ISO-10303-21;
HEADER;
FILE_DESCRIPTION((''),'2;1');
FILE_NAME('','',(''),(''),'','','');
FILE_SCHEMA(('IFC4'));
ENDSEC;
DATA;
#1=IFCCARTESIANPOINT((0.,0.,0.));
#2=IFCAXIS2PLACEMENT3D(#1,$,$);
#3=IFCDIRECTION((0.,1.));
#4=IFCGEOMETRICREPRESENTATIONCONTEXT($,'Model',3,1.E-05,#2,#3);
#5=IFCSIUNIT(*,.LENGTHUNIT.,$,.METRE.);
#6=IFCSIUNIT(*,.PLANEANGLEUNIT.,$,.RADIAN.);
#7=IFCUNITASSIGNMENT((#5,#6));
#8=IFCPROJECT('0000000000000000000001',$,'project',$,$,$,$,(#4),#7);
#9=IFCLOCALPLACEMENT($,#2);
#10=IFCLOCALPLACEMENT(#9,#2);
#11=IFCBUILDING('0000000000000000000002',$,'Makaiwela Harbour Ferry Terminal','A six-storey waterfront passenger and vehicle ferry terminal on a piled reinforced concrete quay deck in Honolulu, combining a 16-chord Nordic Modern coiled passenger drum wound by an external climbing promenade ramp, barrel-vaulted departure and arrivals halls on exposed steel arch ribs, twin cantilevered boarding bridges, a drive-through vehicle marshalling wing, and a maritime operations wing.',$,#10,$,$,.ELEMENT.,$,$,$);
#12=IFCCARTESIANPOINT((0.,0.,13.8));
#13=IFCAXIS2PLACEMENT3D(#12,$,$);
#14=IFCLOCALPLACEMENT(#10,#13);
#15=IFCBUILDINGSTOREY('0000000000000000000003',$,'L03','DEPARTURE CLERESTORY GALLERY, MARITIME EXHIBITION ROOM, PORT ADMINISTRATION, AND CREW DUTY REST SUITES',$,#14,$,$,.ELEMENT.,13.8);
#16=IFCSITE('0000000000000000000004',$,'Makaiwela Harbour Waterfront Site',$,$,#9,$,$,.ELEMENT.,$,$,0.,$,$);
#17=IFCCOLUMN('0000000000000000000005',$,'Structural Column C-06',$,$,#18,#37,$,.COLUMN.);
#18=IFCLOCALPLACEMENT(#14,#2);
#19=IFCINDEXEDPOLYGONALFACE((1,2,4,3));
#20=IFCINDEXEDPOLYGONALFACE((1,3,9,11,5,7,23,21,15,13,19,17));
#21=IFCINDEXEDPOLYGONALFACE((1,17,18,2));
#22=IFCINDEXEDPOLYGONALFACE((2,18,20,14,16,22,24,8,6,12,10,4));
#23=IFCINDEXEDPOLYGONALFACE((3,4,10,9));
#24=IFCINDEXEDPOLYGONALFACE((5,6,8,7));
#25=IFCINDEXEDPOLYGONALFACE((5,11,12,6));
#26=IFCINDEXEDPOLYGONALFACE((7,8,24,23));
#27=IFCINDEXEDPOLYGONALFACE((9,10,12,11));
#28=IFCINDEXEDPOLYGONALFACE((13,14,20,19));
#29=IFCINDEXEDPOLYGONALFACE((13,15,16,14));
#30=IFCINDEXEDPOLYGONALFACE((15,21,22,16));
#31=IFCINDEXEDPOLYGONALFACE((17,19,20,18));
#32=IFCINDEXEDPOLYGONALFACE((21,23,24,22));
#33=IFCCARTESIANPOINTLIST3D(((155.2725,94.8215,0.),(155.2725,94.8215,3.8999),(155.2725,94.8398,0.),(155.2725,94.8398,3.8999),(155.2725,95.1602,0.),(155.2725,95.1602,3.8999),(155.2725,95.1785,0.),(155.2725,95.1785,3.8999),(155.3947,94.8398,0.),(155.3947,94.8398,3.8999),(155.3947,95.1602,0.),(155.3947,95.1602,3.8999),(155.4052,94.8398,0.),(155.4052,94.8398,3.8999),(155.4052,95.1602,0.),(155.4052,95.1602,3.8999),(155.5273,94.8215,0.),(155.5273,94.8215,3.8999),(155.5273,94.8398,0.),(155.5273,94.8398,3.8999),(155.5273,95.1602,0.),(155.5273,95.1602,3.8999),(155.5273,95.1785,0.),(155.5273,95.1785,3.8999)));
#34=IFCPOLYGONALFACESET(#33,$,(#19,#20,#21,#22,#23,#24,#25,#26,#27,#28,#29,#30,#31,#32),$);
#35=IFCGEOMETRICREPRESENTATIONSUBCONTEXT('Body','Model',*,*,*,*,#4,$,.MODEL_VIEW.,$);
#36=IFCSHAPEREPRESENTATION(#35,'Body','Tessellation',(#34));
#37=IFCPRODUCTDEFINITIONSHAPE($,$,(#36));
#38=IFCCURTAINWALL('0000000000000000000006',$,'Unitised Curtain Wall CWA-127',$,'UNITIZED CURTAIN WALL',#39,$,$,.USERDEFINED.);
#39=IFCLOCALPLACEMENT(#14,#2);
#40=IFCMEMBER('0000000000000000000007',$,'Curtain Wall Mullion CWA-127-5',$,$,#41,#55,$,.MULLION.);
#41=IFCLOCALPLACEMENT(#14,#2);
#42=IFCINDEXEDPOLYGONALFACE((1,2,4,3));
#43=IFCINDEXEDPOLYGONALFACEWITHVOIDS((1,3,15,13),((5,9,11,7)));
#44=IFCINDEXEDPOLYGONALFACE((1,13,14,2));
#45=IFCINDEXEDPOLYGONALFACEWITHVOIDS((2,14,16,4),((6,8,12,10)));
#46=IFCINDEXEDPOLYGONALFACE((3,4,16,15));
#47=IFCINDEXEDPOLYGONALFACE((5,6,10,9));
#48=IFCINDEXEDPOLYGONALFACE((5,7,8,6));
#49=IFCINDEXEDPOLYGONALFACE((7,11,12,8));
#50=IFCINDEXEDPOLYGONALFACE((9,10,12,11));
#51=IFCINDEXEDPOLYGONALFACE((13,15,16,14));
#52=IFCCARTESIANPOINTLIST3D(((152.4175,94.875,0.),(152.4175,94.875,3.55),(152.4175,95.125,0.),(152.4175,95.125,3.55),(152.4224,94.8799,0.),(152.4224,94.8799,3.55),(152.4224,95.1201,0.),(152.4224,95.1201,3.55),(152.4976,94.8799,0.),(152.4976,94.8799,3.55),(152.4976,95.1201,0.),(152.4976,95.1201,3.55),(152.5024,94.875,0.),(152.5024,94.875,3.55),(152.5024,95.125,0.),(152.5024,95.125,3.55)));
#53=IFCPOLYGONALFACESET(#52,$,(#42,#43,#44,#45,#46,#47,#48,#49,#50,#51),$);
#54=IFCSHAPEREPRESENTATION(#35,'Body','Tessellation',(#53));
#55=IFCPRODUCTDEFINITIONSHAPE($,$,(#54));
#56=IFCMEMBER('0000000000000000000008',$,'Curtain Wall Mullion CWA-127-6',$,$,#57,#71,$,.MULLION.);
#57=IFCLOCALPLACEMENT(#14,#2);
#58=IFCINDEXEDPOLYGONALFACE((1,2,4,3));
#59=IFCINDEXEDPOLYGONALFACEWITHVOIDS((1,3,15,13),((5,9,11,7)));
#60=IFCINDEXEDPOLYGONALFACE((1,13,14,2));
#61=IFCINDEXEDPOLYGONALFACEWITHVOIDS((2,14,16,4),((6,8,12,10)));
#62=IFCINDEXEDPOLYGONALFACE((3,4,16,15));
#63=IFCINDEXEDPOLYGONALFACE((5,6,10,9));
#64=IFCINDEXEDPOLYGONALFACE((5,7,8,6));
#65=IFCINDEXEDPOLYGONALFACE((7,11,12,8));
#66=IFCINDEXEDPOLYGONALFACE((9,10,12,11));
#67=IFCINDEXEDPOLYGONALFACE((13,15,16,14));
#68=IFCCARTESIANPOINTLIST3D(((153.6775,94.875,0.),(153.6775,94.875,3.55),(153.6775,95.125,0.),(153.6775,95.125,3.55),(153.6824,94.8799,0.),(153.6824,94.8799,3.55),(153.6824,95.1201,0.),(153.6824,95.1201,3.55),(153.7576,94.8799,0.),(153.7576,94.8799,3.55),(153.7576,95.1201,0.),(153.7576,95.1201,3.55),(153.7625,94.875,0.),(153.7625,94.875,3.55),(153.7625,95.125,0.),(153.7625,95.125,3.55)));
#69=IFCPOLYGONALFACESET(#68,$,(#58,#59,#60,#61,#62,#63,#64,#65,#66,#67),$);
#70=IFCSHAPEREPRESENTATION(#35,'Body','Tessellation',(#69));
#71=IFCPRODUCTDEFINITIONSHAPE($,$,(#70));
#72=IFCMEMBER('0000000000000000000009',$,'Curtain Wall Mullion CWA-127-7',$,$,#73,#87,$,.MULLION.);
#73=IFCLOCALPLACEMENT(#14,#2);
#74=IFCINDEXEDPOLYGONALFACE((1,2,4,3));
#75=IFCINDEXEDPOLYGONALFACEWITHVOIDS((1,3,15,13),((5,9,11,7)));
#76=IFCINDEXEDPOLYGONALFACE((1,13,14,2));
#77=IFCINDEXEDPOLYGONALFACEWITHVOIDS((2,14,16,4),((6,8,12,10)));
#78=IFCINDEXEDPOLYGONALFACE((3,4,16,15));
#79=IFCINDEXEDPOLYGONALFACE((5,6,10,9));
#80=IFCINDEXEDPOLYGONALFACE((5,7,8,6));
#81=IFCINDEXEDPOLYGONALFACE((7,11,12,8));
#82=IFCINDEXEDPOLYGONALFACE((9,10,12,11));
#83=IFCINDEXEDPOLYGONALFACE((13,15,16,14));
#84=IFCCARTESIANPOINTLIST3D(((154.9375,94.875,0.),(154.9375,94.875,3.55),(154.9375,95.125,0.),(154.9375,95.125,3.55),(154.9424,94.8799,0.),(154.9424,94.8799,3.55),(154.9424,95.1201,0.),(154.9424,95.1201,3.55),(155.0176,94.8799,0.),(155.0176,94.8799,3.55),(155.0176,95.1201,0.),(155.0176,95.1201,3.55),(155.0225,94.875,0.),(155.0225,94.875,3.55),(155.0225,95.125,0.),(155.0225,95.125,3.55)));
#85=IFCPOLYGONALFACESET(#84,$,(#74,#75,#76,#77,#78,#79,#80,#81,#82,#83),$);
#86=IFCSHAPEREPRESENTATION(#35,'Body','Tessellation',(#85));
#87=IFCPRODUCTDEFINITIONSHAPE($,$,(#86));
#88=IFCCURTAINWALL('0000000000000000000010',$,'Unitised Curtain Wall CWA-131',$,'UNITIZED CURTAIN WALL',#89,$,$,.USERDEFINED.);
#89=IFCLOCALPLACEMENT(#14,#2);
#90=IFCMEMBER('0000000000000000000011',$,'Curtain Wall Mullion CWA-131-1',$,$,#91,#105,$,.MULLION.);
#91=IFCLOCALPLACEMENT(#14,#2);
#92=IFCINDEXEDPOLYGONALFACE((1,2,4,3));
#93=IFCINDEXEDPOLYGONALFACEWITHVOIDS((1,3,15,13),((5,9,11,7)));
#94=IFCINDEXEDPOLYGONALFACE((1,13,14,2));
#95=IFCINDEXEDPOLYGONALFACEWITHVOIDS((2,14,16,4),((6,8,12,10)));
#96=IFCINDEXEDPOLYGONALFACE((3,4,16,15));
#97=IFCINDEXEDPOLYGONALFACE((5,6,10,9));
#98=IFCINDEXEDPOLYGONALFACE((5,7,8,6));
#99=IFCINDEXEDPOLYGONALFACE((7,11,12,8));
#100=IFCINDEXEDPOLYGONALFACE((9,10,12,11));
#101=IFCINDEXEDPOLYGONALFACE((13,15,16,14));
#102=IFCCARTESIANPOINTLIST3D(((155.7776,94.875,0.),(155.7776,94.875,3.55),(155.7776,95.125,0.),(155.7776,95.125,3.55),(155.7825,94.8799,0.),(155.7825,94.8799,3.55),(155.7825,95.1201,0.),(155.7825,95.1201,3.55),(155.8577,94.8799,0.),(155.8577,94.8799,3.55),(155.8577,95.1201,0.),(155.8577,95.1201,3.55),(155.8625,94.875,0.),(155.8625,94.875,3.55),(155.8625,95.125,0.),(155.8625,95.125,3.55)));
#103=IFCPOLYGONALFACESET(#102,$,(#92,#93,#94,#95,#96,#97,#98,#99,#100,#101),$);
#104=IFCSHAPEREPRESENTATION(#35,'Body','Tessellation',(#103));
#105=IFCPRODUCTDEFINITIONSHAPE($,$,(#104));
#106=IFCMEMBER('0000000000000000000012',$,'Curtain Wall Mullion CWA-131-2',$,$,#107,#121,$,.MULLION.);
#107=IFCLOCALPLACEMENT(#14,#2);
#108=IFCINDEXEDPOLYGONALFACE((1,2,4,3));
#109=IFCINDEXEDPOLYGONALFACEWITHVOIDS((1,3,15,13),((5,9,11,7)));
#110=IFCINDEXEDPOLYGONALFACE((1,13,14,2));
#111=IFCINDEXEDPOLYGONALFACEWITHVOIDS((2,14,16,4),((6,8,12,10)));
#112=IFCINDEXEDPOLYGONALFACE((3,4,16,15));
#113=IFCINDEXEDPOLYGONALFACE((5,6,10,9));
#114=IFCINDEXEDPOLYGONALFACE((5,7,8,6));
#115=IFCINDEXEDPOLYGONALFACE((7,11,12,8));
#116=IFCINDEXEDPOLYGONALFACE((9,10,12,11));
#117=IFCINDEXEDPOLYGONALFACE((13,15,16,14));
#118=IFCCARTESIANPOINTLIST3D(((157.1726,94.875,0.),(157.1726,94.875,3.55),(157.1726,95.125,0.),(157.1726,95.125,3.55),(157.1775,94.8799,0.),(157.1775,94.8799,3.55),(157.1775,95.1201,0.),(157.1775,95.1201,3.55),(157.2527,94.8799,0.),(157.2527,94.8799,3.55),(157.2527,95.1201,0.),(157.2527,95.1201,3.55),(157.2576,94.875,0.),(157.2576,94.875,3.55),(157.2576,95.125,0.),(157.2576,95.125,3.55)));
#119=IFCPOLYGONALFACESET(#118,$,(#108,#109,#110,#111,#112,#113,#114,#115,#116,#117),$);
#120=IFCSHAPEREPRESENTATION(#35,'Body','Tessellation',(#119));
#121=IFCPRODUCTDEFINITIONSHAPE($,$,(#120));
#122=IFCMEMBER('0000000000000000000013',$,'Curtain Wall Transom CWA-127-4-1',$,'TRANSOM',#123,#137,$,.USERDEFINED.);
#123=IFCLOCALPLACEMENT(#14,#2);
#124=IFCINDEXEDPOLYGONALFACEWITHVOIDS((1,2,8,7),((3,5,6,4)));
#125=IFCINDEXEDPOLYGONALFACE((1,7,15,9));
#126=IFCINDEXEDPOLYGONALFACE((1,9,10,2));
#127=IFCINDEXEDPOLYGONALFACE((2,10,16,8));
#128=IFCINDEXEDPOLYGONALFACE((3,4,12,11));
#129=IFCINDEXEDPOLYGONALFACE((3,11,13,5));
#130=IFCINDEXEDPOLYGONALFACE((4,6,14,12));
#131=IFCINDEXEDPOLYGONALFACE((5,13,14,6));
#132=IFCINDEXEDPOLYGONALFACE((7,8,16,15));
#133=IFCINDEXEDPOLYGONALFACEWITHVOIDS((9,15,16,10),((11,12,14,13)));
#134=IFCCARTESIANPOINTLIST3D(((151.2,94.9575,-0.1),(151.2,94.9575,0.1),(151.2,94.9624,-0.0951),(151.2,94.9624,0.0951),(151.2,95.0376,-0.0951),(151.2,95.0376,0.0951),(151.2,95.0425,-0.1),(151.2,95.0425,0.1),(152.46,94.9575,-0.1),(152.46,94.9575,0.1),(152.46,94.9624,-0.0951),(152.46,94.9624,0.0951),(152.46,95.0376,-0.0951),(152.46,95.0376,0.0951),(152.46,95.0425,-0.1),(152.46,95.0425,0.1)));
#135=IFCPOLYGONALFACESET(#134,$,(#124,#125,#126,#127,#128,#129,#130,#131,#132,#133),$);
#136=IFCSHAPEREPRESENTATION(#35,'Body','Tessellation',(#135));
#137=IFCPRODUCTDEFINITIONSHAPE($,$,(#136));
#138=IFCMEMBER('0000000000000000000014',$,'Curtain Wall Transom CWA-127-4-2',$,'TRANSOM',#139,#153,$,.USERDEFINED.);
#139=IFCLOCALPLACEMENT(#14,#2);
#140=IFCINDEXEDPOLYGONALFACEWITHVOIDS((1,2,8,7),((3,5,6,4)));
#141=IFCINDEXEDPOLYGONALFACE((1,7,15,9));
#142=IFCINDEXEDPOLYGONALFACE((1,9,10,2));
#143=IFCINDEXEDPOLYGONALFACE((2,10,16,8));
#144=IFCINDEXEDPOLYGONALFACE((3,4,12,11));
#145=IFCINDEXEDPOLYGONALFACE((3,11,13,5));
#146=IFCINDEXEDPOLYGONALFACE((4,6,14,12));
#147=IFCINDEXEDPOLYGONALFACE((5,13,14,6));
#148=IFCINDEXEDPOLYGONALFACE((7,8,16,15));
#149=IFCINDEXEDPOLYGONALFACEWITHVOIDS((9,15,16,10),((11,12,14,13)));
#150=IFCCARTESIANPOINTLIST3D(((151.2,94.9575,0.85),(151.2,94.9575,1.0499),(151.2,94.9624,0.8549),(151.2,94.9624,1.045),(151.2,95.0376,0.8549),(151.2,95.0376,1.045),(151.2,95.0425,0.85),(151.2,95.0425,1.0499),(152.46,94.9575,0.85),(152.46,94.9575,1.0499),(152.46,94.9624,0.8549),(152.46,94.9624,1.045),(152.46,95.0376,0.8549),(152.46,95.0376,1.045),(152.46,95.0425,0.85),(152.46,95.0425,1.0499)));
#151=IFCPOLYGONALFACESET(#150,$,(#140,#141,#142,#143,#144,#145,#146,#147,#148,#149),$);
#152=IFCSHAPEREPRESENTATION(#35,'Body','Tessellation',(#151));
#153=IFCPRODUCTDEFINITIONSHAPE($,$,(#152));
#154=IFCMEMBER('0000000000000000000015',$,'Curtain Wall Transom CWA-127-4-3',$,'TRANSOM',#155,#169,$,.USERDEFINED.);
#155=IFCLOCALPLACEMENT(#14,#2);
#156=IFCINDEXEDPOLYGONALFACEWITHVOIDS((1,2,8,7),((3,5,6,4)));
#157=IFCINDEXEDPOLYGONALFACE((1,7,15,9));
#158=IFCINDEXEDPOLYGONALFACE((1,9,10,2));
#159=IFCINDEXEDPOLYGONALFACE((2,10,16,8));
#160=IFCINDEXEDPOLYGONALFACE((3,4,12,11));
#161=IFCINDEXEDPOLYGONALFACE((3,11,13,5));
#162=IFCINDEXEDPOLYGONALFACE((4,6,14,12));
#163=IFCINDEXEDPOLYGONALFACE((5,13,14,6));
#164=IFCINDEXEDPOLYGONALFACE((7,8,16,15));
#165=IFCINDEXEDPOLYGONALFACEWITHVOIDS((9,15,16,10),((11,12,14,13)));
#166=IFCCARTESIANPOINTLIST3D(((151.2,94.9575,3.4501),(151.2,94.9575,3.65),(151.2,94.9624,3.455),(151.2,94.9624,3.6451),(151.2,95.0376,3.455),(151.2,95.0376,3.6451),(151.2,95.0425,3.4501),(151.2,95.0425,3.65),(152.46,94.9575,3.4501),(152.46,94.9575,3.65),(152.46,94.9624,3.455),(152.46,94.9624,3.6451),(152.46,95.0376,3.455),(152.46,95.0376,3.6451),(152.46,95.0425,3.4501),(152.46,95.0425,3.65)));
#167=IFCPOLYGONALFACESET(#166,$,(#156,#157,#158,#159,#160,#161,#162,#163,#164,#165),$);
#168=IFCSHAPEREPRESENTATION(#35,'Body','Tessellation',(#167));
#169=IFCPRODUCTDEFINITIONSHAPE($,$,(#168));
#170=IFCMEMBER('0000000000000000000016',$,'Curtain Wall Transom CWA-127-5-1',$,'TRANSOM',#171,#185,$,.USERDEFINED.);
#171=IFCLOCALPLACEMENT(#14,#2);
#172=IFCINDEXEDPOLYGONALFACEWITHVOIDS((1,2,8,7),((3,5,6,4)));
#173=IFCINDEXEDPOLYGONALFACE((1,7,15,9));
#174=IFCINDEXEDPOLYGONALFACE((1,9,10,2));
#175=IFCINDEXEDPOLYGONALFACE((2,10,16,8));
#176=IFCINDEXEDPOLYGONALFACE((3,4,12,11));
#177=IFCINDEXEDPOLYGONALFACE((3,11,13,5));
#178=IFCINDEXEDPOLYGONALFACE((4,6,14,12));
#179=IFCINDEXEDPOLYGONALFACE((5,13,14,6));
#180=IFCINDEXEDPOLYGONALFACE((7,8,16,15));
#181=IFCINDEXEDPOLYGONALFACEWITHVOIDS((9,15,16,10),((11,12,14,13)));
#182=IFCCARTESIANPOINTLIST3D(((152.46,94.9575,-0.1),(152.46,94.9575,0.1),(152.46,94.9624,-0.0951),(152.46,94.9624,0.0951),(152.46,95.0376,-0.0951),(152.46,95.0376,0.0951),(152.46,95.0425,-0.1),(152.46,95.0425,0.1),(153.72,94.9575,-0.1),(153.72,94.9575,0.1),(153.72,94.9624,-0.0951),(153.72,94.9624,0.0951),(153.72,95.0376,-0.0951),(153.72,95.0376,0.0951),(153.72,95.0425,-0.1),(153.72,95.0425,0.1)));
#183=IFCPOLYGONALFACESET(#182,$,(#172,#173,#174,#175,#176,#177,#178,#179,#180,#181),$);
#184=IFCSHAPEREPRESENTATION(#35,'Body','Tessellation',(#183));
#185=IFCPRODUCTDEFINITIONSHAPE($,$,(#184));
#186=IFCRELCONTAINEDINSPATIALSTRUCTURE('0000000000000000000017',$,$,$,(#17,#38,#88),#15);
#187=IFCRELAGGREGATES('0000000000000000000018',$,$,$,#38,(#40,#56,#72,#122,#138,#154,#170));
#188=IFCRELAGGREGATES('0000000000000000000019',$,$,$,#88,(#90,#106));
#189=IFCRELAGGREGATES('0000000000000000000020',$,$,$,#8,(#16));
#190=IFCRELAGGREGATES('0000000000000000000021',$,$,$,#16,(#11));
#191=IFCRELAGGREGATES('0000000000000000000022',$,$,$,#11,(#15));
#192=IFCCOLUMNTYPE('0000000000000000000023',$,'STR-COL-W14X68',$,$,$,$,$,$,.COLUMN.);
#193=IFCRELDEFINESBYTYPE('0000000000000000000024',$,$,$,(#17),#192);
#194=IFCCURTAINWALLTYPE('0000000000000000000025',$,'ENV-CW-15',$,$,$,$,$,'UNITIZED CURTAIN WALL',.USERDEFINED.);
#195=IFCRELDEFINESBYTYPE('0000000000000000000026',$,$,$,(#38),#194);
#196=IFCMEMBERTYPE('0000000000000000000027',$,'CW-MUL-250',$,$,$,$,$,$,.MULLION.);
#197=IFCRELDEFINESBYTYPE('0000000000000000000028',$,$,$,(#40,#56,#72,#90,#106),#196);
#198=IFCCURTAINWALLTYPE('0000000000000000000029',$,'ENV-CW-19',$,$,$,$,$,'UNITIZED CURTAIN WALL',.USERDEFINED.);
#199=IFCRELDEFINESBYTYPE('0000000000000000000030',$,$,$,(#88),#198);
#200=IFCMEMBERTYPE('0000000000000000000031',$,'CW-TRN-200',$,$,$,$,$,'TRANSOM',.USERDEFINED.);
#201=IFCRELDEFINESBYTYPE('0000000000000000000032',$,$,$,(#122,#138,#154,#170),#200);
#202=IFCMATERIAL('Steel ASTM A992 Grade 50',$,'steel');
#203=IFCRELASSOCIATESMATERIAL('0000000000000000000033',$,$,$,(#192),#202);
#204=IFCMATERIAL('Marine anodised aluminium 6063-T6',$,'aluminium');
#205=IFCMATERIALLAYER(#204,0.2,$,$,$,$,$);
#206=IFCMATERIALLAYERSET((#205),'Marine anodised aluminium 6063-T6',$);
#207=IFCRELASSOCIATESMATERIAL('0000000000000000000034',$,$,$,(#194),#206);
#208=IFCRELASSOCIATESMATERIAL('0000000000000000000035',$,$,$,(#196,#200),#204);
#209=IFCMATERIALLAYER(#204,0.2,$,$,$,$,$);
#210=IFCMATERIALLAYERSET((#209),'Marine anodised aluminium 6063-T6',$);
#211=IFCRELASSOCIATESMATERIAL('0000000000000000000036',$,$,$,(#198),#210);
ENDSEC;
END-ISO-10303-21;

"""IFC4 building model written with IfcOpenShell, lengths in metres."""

from ifc_helpers import new_model, si_unit, direction, frame, origin, origin_2d, place, context, subcontext, project, spatial, hollow_rectangle, i_section, extrude, material, layer, layer_set, material_profile, profile_set, type_object, element, aggregate, save


model = new_model("IFC4")

# Units and contexts
model_context = context("Model", 3, precision=1e-05, world=origin(), true_north=direction((0.0, 1.0)))
body_context = subcontext(model_context, "Body", "Model", "MODEL_VIEW")
ifc_project = project(units=[si_unit("LENGTHUNIT", "METRE"), si_unit("PLANEANGLEUNIT", "RADIAN")], contexts=[model_context])

# Site, building, storey
site_placement = place(None, origin())
site = spatial("IfcSite", under=ifc_project, at=site_placement, Name="Makaiwela Harbour Waterfront Site", CompositionType="ELEMENT", RefElevation=0.0)
building_placement = place(site_placement, origin())
building = spatial("IfcBuilding", under=site, at=building_placement, Name="Makaiwela Harbour Ferry Terminal", Description="A six-storey waterfront passenger and vehicle ferry terminal on a piled reinforced concrete quay deck in Honolulu, combining a 16-chord Nordic Modern coiled passenger drum wound by an external climbing promenade ramp, barrel-vaulted departure and arrivals halls on exposed steel arch ribs, twin cantilevered boarding bridges, a drive-through vehicle marshalling wing, and a maritime operations wing.", CompositionType="ELEMENT")
storey_placement = place(building_placement, frame((0.0, 0.0, 13.8)))
storey = spatial("IfcBuildingStorey", under=building, at=storey_placement, Name="L03", Description="DEPARTURE CLERESTORY GALLERY, MARITIME EXHIBITION ROOM, PORT ADMINISTRATION, AND CREW DUTY REST SUITES", CompositionType="ELEMENT", Elevation=13.8)

# Column
ifc_material_1 = material(Name="Steel ASTM A992 Grade 50", Category="steel")
ifc_material_profile_1 = material_profile(ifc_material_1, i_section(OverallWidth=0.2549, OverallDepth=0.3569, WebThickness=0.0105, FlangeThickness=0.0183, at=origin_2d()), Name="W14X68")
ifc_profile_set_1 = profile_set([ifc_material_profile_1], Name="Steel ASTM A992 Grade 50")
column_type = type_object("IfcColumnType", Name="STR-COL-W14X68", PredefinedType="COLUMN", material=ifc_profile_set_1)
column_placement = place(storey_placement, frame((155.3999, 95.0, 0.0), z_axis=(0.0, 0.0, 1.0), x_axis=(1.0, 0.0, 0.0)))
element("IfcColumn", 1, at=column_placement, inside=storey, type_object=column_type, Name="Structural Column C-06", PredefinedType="COLUMN", context=body_context, shape_type="SweptSolid", body=[
    extrude(i_section(OverallWidth=0.2549, OverallDepth=0.3569, WebThickness=0.0105, FlangeThickness=0.0183, at=origin_2d()), origin(), (0.0, 0.0, 1.0), 3.8999),
])

# Curtain walls, members
ifc_material_2 = material(Name="Marine anodised aluminium 6063-T6", Category="aluminium")
ifc_layer_1 = layer(ifc_material_2, 0.2)
ifc_layer_set_1 = layer_set([ifc_layer_1], Name="Marine anodised aluminium 6063-T6")
curtain_wall_type_1 = type_object("IfcCurtainWallType", Name="ENV-CW-15", ElementType="UNITIZED CURTAIN WALL", PredefinedType="USERDEFINED", material=ifc_layer_set_1)
curtain_wall_1_placement = place(storey_placement, origin())
curtain_wall_1 = element("IfcCurtainWall", 2, at=curtain_wall_1_placement, inside=storey, type_object=curtain_wall_type_1, Name="Unitised Curtain Wall CWA-127", ObjectType="UNITIZED CURTAIN WALL", PredefinedType="USERDEFINED")
ifc_material_profile_2 = material_profile(ifc_material_2, hollow_rectangle(XDim=0.085, YDim=0.25, WallThickness=0.0049, at=origin_2d()), Name="CWM-250X85")
ifc_profile_set_2 = profile_set([ifc_material_profile_2], Name="Marine anodised aluminium 6063-T6")
member_type_1 = type_object("IfcMemberType", Name="CW-MUL-250", PredefinedType="MULLION", material=ifc_profile_set_2)
member_1_placement = place(storey_placement, frame((152.46, 95.0, 0.0), z_axis=(0.0, 0.0, 1.0), x_axis=(1.0, 0.0, 0.0)))
member_1 = element("IfcMember", 3, at=member_1_placement, type_object=member_type_1, Name="Curtain Wall Mullion CWA-127-5", PredefinedType="MULLION", context=body_context, shape_type="SweptSolid", body=[
    extrude(hollow_rectangle(XDim=0.085, YDim=0.25, WallThickness=0.0049, at=origin_2d()), origin(), (0.0, 0.0, 1.0), 3.55),
])
member_2_placement = place(storey_placement, frame((153.72, 95.0, 0.0), z_axis=(0.0, 0.0, 1.0), x_axis=(1.0, 0.0, 0.0)))
member_2 = element("IfcMember", 4, at=member_2_placement, type_object=member_type_1, Name="Curtain Wall Mullion CWA-127-6", PredefinedType="MULLION", context=body_context, shape_type="SweptSolid", body=[
    extrude(hollow_rectangle(XDim=0.085, YDim=0.25, WallThickness=0.0049, at=origin_2d()), origin(), (0.0, 0.0, 1.0), 3.55),
])
member_3_placement = place(storey_placement, frame((154.98, 95.0, 0.0), z_axis=(0.0, 0.0, 1.0), x_axis=(1.0, 0.0, 0.0)))
member_3 = element("IfcMember", 5, at=member_3_placement, type_object=member_type_1, Name="Curtain Wall Mullion CWA-127-7", PredefinedType="MULLION", context=body_context, shape_type="SweptSolid", body=[
    extrude(hollow_rectangle(XDim=0.085, YDim=0.25, WallThickness=0.0049, at=origin_2d()), origin(), (0.0, 0.0, 1.0), 3.55),
])
ifc_layer_2 = layer(ifc_material_2, 0.2)
ifc_layer_set_2 = layer_set([ifc_layer_2], Name="Marine anodised aluminium 6063-T6")
curtain_wall_type_2 = type_object("IfcCurtainWallType", Name="ENV-CW-19", ElementType="UNITIZED CURTAIN WALL", PredefinedType="USERDEFINED", material=ifc_layer_set_2)
curtain_wall_2_placement = place(storey_placement, origin())
curtain_wall_2 = element("IfcCurtainWall", 6, at=curtain_wall_2_placement, inside=storey, type_object=curtain_wall_type_2, Name="Unitised Curtain Wall CWA-131", ObjectType="UNITIZED CURTAIN WALL", PredefinedType="USERDEFINED")
member_4_placement = place(storey_placement, frame((155.8201, 95.0, 0.0), z_axis=(0.0, 0.0, 1.0), x_axis=(1.0, 0.0, 0.0)))
member_4 = element("IfcMember", 7, at=member_4_placement, type_object=member_type_1, Name="Curtain Wall Mullion CWA-131-1", PredefinedType="MULLION", context=body_context, shape_type="SweptSolid", body=[
    extrude(hollow_rectangle(XDim=0.085, YDim=0.25, WallThickness=0.0049, at=origin_2d()), origin(), (0.0, 0.0, 1.0), 3.55),
])
member_5_placement = place(storey_placement, frame((157.2151, 95.0, 0.0), z_axis=(0.0, 0.0, 1.0), x_axis=(1.0, 0.0, 0.0)))
member_5 = element("IfcMember", 8, at=member_5_placement, type_object=member_type_1, Name="Curtain Wall Mullion CWA-131-2", PredefinedType="MULLION", context=body_context, shape_type="SweptSolid", body=[
    extrude(hollow_rectangle(XDim=0.085, YDim=0.25, WallThickness=0.0049, at=origin_2d()), origin(), (0.0, 0.0, 1.0), 3.55),
])

# Members
ifc_material_profile_3 = material_profile(ifc_material_2, hollow_rectangle(XDim=0.085, YDim=0.2, WallThickness=0.0049, at=origin_2d()), Name="CWT-200X85")
ifc_profile_set_3 = profile_set([ifc_material_profile_3], Name="Marine anodised aluminium 6063-T6")
member_type_2 = type_object("IfcMemberType", Name="CW-TRN-200", ElementType="TRANSOM", PredefinedType="USERDEFINED", material=ifc_profile_set_3)
member_6_placement = place(storey_placement, frame((151.2, 95.0, 0.0), z_axis=(1.0, 0.0, 0.0), x_axis=(0.0, 1.0, 0.0)))
member_6 = element("IfcMember", 9, at=member_6_placement, type_object=member_type_2, Name="Curtain Wall Transom CWA-127-4-1", ObjectType="TRANSOM", PredefinedType="USERDEFINED", context=body_context, shape_type="SweptSolid", body=[
    extrude(hollow_rectangle(XDim=0.085, YDim=0.2, WallThickness=0.0049, at=origin_2d()), origin(), (0.0, 0.0, 1.0), 1.26),
])
member_7_placement = place(storey_placement, frame((151.2, 95.0, 0.95), z_axis=(1.0, 0.0, 0.0), x_axis=(0.0, 1.0, 0.0)))
member_7 = element("IfcMember", 10, at=member_7_placement, type_object=member_type_2, Name="Curtain Wall Transom CWA-127-4-2", ObjectType="TRANSOM", PredefinedType="USERDEFINED", context=body_context, shape_type="SweptSolid", body=[
    extrude(hollow_rectangle(XDim=0.085, YDim=0.2, WallThickness=0.0049, at=origin_2d()), origin(), (0.0, 0.0, 1.0), 1.26),
])
member_8_placement = place(storey_placement, frame((151.2, 95.0, 3.55), z_axis=(1.0, 0.0, 0.0), x_axis=(0.0, 1.0, 0.0)))
member_8 = element("IfcMember", 11, at=member_8_placement, type_object=member_type_2, Name="Curtain Wall Transom CWA-127-4-3", ObjectType="TRANSOM", PredefinedType="USERDEFINED", context=body_context, shape_type="SweptSolid", body=[
    extrude(hollow_rectangle(XDim=0.085, YDim=0.2, WallThickness=0.0049, at=origin_2d()), origin(), (0.0, 0.0, 1.0), 1.26),
])
member_9_placement = place(storey_placement, frame((152.46, 95.0, 0.0), z_axis=(1.0, 0.0, 0.0), x_axis=(0.0, 1.0, 0.0)))
member_9 = element("IfcMember", 12, at=member_9_placement, type_object=member_type_2, Name="Curtain Wall Transom CWA-127-5-1", ObjectType="TRANSOM", PredefinedType="USERDEFINED", context=body_context, shape_type="SweptSolid", body=[
    extrude(hollow_rectangle(XDim=0.085, YDim=0.2, WallThickness=0.0049, at=origin_2d()), origin(), (0.0, 0.0, 1.0), 1.26),
])

aggregate(curtain_wall_1, [member_1, member_2, member_3, member_6, member_7, member_8, member_9])
aggregate(curtain_wall_2, [member_4, member_5])

save(model, "model.ifc")
